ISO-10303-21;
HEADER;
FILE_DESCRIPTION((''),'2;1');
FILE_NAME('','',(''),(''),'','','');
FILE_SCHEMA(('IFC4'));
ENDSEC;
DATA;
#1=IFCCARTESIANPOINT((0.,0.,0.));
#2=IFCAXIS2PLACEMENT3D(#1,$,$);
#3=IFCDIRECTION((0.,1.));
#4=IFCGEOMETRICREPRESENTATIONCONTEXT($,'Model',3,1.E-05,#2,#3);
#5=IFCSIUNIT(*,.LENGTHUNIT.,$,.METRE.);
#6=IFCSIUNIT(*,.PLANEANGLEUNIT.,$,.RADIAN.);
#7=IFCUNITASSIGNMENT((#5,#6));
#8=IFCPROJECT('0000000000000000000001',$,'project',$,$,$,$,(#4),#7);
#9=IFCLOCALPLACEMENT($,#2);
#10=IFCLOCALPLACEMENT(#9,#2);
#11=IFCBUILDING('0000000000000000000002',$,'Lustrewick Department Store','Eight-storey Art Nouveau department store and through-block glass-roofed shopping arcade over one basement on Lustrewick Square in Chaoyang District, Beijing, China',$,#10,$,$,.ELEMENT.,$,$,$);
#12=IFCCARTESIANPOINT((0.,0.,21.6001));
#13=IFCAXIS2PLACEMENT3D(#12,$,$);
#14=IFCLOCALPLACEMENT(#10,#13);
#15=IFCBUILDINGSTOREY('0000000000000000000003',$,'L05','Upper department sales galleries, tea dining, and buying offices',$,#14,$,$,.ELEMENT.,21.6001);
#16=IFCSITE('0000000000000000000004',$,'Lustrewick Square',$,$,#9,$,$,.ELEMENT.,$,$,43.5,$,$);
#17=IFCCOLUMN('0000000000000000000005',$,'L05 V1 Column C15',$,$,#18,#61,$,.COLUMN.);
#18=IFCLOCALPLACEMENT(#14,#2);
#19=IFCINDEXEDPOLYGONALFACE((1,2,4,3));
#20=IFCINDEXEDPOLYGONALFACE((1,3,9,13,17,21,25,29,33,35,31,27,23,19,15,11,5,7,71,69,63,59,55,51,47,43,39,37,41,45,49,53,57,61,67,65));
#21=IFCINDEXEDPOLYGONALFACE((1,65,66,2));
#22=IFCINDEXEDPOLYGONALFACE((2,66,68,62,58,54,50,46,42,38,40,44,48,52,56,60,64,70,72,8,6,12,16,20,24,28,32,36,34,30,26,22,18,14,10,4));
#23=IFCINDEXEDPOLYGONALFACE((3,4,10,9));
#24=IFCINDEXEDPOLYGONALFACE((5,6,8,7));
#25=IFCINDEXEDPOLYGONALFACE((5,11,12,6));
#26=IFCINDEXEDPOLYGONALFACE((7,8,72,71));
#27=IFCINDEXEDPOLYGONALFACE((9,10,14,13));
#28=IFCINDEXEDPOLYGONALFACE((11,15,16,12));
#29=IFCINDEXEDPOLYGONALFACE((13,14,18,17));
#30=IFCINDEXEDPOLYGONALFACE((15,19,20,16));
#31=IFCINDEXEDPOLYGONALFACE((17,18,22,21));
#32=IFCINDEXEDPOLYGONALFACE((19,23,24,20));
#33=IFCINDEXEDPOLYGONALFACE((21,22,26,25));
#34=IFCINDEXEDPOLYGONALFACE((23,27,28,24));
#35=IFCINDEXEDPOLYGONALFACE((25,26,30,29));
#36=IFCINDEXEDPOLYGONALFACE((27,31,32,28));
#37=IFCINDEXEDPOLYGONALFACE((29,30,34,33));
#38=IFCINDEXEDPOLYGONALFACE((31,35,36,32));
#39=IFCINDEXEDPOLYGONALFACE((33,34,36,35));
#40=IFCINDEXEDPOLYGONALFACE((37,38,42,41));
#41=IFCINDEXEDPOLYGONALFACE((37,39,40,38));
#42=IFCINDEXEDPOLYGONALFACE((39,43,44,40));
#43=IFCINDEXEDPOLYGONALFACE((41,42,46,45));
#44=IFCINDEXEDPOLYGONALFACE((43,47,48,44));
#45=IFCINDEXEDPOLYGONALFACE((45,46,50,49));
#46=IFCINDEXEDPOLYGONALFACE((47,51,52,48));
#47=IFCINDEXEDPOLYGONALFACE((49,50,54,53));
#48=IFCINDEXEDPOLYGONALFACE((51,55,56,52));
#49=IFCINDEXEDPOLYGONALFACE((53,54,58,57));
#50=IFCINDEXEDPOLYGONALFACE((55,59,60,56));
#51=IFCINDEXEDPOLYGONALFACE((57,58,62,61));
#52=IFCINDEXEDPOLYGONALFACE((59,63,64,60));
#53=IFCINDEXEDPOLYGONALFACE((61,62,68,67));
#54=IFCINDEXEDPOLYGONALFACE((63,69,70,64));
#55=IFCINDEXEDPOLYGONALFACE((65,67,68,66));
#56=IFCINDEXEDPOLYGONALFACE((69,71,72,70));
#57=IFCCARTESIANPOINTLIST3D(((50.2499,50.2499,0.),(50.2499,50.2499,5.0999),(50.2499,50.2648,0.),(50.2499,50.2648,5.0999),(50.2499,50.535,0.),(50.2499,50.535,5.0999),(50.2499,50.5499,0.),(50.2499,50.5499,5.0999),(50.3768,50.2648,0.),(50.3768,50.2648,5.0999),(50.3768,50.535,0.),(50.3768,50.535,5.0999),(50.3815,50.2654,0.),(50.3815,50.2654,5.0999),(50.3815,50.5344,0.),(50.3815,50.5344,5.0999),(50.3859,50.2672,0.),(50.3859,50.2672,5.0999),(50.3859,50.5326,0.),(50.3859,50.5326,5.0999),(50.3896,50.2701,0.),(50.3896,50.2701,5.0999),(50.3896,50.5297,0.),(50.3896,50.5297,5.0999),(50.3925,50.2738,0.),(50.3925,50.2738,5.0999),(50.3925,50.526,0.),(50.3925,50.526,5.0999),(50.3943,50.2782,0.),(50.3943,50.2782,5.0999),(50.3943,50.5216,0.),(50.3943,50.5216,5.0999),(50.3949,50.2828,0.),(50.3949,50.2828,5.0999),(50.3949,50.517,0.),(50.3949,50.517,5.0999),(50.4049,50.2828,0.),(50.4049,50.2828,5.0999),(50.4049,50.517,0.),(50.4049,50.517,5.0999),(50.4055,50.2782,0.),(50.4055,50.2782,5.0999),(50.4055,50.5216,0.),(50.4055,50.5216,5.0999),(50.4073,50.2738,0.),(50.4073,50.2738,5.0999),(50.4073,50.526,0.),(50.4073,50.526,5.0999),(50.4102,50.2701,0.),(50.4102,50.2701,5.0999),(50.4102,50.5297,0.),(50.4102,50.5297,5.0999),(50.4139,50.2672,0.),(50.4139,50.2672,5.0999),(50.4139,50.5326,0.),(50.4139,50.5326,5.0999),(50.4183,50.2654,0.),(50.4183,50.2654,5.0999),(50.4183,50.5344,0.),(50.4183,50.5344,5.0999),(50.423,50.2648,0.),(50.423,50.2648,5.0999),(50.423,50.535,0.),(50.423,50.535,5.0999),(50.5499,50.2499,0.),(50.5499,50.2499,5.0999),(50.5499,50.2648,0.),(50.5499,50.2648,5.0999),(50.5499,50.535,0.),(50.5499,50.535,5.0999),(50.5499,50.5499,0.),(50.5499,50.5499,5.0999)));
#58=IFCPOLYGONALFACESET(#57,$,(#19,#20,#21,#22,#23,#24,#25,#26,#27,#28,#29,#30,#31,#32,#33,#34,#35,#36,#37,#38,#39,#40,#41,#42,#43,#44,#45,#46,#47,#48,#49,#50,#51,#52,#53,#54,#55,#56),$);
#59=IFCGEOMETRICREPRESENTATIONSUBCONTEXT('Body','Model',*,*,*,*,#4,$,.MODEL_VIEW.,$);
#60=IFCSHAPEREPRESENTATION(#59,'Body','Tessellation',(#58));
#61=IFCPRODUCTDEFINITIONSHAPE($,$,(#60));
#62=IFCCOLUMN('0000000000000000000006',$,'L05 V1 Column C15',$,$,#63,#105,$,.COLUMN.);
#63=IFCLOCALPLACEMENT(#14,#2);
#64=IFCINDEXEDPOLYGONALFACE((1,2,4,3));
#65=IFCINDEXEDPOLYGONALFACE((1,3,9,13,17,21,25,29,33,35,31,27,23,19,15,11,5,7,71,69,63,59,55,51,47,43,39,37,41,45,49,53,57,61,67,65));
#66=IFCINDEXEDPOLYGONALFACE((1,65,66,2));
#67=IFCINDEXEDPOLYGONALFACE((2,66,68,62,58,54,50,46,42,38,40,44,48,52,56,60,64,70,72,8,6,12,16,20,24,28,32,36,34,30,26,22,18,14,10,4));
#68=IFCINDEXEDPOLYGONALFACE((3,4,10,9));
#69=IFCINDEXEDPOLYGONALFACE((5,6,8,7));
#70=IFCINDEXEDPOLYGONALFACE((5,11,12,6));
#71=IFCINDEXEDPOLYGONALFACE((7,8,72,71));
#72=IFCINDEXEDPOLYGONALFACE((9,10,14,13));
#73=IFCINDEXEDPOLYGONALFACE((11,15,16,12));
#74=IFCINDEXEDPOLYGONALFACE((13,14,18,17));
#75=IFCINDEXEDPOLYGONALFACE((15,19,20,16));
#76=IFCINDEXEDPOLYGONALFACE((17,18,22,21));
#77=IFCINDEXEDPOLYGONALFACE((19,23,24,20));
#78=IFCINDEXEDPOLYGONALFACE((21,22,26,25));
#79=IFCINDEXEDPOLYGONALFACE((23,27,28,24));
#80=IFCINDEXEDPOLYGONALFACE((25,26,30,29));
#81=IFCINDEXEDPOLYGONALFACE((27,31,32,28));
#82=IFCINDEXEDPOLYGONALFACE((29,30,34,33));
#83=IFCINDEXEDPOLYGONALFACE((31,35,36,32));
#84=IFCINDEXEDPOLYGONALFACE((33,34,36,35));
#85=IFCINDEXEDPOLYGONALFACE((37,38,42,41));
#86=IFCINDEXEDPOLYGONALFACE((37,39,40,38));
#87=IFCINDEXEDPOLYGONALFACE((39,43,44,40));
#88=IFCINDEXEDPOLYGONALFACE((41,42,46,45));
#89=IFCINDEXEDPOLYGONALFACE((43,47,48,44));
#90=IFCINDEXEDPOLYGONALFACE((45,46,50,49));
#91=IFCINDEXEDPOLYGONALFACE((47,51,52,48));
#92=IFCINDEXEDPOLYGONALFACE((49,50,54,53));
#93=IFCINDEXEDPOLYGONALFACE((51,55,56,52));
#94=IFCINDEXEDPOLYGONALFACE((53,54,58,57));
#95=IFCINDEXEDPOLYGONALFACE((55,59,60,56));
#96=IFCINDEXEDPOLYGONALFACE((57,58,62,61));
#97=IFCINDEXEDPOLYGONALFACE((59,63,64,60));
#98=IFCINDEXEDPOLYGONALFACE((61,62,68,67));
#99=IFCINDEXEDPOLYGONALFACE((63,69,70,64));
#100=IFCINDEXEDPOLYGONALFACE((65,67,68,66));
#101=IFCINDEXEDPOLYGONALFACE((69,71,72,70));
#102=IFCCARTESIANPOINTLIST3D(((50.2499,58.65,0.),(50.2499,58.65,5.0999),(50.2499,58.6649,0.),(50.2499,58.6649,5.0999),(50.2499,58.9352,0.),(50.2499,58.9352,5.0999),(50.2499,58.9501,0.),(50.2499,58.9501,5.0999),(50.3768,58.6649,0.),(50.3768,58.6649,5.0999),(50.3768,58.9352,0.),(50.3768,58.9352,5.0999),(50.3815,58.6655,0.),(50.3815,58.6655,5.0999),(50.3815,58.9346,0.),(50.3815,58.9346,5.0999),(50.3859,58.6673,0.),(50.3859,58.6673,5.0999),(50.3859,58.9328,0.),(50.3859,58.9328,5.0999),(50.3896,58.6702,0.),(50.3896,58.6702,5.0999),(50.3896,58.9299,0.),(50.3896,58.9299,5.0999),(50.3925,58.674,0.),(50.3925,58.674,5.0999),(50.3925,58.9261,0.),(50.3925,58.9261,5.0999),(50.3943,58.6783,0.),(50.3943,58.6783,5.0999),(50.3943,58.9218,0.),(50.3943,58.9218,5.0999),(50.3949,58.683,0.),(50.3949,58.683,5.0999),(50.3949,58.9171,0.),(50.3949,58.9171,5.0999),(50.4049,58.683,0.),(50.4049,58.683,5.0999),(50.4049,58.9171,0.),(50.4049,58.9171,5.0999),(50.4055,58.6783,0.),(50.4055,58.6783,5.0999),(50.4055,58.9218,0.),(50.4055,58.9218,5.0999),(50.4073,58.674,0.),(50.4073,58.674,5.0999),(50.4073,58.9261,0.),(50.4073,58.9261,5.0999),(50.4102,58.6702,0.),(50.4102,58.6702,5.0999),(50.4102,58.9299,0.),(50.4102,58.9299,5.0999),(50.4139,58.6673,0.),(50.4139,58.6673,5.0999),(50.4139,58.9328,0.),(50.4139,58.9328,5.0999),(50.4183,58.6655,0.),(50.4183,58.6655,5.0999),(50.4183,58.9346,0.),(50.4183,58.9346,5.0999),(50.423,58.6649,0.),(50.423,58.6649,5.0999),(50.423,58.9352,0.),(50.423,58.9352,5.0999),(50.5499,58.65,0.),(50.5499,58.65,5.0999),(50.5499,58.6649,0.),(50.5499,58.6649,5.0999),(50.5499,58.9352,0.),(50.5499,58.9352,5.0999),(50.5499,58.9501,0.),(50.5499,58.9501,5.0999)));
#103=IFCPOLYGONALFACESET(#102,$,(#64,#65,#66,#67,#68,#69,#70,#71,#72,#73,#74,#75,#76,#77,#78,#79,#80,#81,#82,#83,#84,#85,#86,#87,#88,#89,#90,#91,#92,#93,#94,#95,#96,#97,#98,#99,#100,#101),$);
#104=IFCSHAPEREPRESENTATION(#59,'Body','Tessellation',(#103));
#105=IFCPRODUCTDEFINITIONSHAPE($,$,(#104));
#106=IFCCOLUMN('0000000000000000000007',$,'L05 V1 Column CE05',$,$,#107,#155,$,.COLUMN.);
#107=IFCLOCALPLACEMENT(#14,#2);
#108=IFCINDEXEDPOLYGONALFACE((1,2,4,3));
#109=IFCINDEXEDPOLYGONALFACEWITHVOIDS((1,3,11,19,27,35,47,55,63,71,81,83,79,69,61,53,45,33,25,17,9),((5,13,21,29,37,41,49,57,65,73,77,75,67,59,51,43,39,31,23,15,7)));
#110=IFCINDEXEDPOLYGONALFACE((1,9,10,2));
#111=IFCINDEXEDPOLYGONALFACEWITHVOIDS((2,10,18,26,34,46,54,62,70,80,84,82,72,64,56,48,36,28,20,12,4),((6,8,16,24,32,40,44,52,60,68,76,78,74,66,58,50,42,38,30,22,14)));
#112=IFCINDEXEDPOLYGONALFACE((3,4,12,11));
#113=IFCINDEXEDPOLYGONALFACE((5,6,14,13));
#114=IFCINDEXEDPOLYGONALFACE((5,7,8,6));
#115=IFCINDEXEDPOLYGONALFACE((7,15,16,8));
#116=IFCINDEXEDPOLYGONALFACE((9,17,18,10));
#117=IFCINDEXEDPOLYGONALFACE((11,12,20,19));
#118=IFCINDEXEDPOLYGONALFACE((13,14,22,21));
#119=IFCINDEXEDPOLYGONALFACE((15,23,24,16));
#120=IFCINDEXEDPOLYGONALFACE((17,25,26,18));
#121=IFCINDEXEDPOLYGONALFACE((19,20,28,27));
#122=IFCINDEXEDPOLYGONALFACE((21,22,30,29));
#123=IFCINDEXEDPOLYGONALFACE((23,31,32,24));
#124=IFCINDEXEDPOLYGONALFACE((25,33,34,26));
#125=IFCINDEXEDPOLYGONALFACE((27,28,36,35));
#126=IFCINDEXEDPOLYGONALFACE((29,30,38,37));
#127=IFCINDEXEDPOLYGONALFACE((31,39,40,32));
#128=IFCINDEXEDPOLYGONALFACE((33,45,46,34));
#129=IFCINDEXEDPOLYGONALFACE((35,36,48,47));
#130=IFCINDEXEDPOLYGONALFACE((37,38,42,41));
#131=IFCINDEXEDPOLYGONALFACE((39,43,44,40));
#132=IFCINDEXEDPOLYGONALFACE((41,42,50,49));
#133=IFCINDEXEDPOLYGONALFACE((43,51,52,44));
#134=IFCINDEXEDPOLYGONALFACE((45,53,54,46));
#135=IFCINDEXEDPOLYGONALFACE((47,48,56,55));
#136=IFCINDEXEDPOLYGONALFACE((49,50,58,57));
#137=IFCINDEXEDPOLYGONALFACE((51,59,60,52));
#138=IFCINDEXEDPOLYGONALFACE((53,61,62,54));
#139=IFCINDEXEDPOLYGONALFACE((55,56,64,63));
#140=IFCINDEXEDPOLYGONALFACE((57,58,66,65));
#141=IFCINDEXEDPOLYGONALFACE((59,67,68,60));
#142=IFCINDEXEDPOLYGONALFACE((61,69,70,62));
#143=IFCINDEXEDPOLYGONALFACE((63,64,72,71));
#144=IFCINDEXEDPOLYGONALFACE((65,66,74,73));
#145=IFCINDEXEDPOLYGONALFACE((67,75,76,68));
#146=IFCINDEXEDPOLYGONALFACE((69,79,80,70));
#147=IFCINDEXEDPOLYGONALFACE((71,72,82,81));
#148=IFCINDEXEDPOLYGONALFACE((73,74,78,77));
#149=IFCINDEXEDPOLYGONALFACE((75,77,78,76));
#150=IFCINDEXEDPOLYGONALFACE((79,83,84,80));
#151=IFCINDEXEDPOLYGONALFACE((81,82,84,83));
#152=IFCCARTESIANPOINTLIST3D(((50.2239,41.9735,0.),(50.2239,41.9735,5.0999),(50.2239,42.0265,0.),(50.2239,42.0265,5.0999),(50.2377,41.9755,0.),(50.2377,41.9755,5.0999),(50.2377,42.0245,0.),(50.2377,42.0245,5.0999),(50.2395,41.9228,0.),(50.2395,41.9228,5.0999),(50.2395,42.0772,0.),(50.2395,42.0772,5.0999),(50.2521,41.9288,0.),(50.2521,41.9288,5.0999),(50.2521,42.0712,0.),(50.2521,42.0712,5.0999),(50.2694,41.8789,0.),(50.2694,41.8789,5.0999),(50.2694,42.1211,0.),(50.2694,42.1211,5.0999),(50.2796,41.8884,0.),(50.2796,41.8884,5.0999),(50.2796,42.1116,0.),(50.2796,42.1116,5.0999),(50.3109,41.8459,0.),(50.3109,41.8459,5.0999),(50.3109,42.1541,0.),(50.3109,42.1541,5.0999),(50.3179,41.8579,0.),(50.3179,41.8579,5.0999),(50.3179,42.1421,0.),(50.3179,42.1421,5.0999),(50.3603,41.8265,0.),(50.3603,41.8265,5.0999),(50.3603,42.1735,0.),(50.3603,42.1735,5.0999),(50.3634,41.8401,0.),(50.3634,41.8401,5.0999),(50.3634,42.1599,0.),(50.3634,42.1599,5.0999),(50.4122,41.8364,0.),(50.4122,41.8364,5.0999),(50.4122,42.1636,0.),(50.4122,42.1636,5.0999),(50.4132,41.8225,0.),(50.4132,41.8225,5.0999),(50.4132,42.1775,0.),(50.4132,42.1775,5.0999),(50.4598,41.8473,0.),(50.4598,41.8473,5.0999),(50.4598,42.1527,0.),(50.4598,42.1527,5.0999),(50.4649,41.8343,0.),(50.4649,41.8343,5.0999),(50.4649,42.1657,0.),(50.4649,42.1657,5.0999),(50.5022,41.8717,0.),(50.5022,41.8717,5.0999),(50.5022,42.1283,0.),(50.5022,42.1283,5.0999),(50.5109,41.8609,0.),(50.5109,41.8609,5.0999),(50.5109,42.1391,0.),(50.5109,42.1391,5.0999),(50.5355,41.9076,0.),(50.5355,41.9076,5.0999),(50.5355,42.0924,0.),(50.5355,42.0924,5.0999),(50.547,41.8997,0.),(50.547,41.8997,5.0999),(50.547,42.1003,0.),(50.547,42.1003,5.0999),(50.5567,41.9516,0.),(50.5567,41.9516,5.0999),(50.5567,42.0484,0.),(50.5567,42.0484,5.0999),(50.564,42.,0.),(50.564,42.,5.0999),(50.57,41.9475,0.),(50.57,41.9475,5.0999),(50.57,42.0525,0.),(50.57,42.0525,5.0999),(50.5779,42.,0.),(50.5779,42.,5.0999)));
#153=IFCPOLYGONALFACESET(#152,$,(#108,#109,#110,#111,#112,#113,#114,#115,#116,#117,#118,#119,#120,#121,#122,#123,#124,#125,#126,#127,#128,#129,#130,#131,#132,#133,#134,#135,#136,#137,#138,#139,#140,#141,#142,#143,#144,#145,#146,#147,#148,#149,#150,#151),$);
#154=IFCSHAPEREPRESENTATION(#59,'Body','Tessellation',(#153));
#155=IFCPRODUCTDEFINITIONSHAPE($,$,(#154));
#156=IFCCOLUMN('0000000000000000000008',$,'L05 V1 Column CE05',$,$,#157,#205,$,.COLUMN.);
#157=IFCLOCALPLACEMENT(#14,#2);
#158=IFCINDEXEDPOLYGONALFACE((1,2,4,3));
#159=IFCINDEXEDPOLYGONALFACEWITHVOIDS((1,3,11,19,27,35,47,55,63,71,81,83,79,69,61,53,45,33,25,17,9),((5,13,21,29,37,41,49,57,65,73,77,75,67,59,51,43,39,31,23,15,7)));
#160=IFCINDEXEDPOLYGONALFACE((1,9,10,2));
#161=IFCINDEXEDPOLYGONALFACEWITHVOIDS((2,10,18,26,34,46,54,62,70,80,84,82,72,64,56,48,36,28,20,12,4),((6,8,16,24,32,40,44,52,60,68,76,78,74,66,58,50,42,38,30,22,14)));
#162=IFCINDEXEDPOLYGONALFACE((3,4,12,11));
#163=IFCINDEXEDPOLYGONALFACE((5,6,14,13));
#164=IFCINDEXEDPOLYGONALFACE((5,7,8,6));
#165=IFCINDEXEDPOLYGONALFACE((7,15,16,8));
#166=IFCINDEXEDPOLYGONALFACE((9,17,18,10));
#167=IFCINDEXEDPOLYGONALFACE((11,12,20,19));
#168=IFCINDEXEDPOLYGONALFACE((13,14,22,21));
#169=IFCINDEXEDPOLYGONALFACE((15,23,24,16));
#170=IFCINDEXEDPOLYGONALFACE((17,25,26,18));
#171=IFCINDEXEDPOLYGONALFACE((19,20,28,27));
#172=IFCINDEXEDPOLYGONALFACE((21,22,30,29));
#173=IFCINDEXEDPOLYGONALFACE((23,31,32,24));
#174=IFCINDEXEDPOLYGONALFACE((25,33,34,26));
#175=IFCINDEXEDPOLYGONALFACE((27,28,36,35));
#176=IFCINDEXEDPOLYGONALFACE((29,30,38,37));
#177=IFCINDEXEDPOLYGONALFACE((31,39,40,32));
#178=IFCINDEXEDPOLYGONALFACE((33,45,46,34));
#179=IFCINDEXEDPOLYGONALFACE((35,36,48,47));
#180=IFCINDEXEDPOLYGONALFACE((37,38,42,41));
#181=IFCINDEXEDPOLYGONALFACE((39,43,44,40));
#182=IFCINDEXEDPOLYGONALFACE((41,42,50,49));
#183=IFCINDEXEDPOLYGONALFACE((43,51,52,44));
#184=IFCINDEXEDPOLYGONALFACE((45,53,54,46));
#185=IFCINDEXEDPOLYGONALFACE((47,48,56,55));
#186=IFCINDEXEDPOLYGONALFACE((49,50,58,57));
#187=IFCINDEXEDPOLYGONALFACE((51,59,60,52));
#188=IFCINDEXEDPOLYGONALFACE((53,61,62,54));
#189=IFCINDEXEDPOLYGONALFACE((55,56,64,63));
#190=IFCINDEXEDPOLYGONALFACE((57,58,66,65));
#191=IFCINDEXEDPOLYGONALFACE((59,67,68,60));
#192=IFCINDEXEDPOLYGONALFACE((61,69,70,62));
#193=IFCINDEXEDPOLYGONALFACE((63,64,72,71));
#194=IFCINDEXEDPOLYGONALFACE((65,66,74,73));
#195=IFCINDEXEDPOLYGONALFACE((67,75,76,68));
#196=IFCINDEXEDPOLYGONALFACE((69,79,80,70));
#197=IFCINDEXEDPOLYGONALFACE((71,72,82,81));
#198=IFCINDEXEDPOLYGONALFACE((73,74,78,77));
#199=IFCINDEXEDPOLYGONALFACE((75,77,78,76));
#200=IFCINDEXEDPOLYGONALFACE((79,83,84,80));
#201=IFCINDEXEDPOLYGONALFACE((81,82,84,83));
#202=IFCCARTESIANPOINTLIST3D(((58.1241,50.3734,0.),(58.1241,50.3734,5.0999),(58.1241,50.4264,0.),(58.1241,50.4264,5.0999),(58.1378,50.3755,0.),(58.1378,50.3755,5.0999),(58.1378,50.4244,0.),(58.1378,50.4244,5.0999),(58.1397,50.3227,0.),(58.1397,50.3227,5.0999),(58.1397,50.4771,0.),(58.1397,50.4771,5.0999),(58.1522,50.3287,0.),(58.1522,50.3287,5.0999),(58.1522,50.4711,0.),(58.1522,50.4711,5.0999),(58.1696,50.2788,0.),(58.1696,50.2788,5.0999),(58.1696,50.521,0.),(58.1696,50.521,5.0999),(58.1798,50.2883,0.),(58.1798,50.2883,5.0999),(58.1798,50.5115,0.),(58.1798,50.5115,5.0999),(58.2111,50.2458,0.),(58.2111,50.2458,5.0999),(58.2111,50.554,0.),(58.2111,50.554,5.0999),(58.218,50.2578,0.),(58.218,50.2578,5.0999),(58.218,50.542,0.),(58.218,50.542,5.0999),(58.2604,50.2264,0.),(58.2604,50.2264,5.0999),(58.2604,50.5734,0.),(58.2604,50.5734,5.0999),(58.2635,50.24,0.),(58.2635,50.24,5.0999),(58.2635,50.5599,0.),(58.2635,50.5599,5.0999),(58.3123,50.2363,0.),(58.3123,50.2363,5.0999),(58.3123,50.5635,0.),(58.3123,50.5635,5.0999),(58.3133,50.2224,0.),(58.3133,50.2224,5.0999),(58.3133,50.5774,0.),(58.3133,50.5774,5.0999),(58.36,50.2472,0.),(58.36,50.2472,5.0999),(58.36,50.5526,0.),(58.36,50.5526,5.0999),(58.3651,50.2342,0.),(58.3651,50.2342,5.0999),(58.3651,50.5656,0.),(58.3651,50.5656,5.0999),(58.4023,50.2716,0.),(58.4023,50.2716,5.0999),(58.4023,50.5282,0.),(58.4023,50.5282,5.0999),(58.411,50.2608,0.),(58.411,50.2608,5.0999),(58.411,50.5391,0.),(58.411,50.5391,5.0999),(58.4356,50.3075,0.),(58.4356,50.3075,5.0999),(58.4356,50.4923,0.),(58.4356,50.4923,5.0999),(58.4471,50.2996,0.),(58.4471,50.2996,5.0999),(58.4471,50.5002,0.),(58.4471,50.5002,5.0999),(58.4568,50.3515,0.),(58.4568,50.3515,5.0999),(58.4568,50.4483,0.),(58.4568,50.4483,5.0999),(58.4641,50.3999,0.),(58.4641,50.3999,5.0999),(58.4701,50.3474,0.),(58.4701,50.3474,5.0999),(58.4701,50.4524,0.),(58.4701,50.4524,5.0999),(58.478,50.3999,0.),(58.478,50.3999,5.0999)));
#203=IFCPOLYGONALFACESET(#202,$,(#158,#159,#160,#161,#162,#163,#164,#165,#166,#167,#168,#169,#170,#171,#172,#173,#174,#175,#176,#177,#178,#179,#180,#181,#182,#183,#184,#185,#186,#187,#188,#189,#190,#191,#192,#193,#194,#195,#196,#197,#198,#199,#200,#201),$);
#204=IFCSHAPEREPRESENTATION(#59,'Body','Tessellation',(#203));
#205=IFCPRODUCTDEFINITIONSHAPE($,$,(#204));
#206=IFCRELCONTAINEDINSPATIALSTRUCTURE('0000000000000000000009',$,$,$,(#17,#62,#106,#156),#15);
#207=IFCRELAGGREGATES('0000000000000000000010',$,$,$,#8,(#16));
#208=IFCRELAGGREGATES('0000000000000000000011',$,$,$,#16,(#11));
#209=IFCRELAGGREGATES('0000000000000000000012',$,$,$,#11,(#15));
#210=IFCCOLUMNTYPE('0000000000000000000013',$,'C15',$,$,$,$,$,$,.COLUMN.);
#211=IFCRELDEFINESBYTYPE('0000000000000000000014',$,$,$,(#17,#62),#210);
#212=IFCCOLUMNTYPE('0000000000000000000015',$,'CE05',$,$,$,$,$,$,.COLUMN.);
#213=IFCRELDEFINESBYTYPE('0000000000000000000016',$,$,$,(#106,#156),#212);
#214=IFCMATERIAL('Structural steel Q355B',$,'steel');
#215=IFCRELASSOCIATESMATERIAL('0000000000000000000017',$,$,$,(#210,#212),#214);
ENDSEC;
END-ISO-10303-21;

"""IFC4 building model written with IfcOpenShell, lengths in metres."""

from ifc_helpers import new_model, si_unit, direction, frame, origin, origin_2d, place, context, subcontext, project, spatial, hollow_circle, i_section, extrude, material, material_profile, profile_set, type_object, element, save


model = new_model("IFC4")

# Units and contexts
model_context = context("Model", 3, precision=1e-05, world=origin(), true_north=direction((0.0, 1.0)))
body_context = subcontext(model_context, "Body", "Model", "MODEL_VIEW")
ifc_project = project(units=[si_unit("LENGTHUNIT", "METRE"), si_unit("PLANEANGLEUNIT", "RADIAN")], contexts=[model_context])

# Site, building, storey
site_placement = place(None, origin())
site = spatial("IfcSite", under=ifc_project, at=site_placement, Name="Lustrewick Square", CompositionType="ELEMENT", RefElevation=43.5)
building_placement = place(site_placement, origin())
building = spatial("IfcBuilding", under=site, at=building_placement, Name="Lustrewick Department Store", Description="Eight-storey Art Nouveau department store and through-block glass-roofed shopping arcade over one basement on Lustrewick Square in Chaoyang District, Beijing, China", CompositionType="ELEMENT")
storey_placement = place(building_placement, frame((0.0, 0.0, 21.6001)))
storey = spatial("IfcBuildingStorey", under=building, at=storey_placement, Name="L05", Description="Upper department sales galleries, tea dining, and buying offices", CompositionType="ELEMENT", Elevation=21.6001)

# Columns
ifc_material_1 = material(Name="Structural steel Q355B", Category="steel")
ifc_material_profile_1 = material_profile(ifc_material_1, i_section(OverallWidth=0.3, OverallDepth=0.3, WebThickness=0.01, FlangeThickness=0.0149, FilletRadius=0.0181, at=origin_2d()), Name="HW 300x300x10x15")
ifc_profile_set_1 = profile_set([ifc_material_profile_1], Name="Structural steel Q355B")
column_type_1 = type_object("IfcColumnType", Name="C15", PredefinedType="COLUMN", material=ifc_profile_set_1)
for number, where, z_axis, x_axis, name in (
    (1, (50.3999, 50.3999, 0.0), (0.0, 0.0, 1.0), (1.0, 0.0, 0.0), "L05 V1 Column C15"),
    (2, (50.3999, 58.8, 0.0), (0.0, 0.0, 1.0), (1.0, 0.0, 0.0), "L05 V1 Column C15"),
):
    element("IfcColumn", number, at=place(storey_placement, frame(where, z_axis=z_axis, x_axis=x_axis)), inside=storey, type_object=column_type_1, Name=name, PredefinedType="COLUMN", context=body_context, shape_type="SweptSolid", body=[
        extrude(i_section(OverallWidth=0.3, OverallDepth=0.3, WebThickness=0.01, FlangeThickness=0.0149, FilletRadius=0.0181, at=origin_2d()), origin(), (0.0, 0.0, 1.0), 5.0999),
    ])
ifc_material_profile_2 = material_profile(ifc_material_1, hollow_circle(Radius=0.178, WallThickness=0.0139, at=origin_2d()), Name="CHS 356x14")
ifc_profile_set_2 = profile_set([ifc_material_profile_2], Name="Structural steel Q355B")
column_type_2 = type_object("IfcColumnType", Name="CE05", PredefinedType="COLUMN", material=ifc_profile_set_2)
for number, where, z_axis, x_axis, name in (
    (3, (50.3999, 42.0, 0.0), (0.0, 0.0, 1.0), (1.0, 0.0, 0.0), "L05 V1 Column CE05"),
    (4, (58.3, 50.3999, 0.0), (0.0, 0.0, 1.0), (1.0, 0.0, 0.0), "L05 V1 Column CE05"),
):
    element("IfcColumn", number, at=place(storey_placement, frame(where, z_axis=z_axis, x_axis=x_axis)), inside=storey, type_object=column_type_2, Name=name, PredefinedType="COLUMN", context=body_context, shape_type="SweptSolid", body=[
        extrude(hollow_circle(Radius=0.178, WallThickness=0.0139, at=origin_2d()), origin(), (0.0, 0.0, 1.0), 5.0999),
    ])

save(model, "model.ifc")
